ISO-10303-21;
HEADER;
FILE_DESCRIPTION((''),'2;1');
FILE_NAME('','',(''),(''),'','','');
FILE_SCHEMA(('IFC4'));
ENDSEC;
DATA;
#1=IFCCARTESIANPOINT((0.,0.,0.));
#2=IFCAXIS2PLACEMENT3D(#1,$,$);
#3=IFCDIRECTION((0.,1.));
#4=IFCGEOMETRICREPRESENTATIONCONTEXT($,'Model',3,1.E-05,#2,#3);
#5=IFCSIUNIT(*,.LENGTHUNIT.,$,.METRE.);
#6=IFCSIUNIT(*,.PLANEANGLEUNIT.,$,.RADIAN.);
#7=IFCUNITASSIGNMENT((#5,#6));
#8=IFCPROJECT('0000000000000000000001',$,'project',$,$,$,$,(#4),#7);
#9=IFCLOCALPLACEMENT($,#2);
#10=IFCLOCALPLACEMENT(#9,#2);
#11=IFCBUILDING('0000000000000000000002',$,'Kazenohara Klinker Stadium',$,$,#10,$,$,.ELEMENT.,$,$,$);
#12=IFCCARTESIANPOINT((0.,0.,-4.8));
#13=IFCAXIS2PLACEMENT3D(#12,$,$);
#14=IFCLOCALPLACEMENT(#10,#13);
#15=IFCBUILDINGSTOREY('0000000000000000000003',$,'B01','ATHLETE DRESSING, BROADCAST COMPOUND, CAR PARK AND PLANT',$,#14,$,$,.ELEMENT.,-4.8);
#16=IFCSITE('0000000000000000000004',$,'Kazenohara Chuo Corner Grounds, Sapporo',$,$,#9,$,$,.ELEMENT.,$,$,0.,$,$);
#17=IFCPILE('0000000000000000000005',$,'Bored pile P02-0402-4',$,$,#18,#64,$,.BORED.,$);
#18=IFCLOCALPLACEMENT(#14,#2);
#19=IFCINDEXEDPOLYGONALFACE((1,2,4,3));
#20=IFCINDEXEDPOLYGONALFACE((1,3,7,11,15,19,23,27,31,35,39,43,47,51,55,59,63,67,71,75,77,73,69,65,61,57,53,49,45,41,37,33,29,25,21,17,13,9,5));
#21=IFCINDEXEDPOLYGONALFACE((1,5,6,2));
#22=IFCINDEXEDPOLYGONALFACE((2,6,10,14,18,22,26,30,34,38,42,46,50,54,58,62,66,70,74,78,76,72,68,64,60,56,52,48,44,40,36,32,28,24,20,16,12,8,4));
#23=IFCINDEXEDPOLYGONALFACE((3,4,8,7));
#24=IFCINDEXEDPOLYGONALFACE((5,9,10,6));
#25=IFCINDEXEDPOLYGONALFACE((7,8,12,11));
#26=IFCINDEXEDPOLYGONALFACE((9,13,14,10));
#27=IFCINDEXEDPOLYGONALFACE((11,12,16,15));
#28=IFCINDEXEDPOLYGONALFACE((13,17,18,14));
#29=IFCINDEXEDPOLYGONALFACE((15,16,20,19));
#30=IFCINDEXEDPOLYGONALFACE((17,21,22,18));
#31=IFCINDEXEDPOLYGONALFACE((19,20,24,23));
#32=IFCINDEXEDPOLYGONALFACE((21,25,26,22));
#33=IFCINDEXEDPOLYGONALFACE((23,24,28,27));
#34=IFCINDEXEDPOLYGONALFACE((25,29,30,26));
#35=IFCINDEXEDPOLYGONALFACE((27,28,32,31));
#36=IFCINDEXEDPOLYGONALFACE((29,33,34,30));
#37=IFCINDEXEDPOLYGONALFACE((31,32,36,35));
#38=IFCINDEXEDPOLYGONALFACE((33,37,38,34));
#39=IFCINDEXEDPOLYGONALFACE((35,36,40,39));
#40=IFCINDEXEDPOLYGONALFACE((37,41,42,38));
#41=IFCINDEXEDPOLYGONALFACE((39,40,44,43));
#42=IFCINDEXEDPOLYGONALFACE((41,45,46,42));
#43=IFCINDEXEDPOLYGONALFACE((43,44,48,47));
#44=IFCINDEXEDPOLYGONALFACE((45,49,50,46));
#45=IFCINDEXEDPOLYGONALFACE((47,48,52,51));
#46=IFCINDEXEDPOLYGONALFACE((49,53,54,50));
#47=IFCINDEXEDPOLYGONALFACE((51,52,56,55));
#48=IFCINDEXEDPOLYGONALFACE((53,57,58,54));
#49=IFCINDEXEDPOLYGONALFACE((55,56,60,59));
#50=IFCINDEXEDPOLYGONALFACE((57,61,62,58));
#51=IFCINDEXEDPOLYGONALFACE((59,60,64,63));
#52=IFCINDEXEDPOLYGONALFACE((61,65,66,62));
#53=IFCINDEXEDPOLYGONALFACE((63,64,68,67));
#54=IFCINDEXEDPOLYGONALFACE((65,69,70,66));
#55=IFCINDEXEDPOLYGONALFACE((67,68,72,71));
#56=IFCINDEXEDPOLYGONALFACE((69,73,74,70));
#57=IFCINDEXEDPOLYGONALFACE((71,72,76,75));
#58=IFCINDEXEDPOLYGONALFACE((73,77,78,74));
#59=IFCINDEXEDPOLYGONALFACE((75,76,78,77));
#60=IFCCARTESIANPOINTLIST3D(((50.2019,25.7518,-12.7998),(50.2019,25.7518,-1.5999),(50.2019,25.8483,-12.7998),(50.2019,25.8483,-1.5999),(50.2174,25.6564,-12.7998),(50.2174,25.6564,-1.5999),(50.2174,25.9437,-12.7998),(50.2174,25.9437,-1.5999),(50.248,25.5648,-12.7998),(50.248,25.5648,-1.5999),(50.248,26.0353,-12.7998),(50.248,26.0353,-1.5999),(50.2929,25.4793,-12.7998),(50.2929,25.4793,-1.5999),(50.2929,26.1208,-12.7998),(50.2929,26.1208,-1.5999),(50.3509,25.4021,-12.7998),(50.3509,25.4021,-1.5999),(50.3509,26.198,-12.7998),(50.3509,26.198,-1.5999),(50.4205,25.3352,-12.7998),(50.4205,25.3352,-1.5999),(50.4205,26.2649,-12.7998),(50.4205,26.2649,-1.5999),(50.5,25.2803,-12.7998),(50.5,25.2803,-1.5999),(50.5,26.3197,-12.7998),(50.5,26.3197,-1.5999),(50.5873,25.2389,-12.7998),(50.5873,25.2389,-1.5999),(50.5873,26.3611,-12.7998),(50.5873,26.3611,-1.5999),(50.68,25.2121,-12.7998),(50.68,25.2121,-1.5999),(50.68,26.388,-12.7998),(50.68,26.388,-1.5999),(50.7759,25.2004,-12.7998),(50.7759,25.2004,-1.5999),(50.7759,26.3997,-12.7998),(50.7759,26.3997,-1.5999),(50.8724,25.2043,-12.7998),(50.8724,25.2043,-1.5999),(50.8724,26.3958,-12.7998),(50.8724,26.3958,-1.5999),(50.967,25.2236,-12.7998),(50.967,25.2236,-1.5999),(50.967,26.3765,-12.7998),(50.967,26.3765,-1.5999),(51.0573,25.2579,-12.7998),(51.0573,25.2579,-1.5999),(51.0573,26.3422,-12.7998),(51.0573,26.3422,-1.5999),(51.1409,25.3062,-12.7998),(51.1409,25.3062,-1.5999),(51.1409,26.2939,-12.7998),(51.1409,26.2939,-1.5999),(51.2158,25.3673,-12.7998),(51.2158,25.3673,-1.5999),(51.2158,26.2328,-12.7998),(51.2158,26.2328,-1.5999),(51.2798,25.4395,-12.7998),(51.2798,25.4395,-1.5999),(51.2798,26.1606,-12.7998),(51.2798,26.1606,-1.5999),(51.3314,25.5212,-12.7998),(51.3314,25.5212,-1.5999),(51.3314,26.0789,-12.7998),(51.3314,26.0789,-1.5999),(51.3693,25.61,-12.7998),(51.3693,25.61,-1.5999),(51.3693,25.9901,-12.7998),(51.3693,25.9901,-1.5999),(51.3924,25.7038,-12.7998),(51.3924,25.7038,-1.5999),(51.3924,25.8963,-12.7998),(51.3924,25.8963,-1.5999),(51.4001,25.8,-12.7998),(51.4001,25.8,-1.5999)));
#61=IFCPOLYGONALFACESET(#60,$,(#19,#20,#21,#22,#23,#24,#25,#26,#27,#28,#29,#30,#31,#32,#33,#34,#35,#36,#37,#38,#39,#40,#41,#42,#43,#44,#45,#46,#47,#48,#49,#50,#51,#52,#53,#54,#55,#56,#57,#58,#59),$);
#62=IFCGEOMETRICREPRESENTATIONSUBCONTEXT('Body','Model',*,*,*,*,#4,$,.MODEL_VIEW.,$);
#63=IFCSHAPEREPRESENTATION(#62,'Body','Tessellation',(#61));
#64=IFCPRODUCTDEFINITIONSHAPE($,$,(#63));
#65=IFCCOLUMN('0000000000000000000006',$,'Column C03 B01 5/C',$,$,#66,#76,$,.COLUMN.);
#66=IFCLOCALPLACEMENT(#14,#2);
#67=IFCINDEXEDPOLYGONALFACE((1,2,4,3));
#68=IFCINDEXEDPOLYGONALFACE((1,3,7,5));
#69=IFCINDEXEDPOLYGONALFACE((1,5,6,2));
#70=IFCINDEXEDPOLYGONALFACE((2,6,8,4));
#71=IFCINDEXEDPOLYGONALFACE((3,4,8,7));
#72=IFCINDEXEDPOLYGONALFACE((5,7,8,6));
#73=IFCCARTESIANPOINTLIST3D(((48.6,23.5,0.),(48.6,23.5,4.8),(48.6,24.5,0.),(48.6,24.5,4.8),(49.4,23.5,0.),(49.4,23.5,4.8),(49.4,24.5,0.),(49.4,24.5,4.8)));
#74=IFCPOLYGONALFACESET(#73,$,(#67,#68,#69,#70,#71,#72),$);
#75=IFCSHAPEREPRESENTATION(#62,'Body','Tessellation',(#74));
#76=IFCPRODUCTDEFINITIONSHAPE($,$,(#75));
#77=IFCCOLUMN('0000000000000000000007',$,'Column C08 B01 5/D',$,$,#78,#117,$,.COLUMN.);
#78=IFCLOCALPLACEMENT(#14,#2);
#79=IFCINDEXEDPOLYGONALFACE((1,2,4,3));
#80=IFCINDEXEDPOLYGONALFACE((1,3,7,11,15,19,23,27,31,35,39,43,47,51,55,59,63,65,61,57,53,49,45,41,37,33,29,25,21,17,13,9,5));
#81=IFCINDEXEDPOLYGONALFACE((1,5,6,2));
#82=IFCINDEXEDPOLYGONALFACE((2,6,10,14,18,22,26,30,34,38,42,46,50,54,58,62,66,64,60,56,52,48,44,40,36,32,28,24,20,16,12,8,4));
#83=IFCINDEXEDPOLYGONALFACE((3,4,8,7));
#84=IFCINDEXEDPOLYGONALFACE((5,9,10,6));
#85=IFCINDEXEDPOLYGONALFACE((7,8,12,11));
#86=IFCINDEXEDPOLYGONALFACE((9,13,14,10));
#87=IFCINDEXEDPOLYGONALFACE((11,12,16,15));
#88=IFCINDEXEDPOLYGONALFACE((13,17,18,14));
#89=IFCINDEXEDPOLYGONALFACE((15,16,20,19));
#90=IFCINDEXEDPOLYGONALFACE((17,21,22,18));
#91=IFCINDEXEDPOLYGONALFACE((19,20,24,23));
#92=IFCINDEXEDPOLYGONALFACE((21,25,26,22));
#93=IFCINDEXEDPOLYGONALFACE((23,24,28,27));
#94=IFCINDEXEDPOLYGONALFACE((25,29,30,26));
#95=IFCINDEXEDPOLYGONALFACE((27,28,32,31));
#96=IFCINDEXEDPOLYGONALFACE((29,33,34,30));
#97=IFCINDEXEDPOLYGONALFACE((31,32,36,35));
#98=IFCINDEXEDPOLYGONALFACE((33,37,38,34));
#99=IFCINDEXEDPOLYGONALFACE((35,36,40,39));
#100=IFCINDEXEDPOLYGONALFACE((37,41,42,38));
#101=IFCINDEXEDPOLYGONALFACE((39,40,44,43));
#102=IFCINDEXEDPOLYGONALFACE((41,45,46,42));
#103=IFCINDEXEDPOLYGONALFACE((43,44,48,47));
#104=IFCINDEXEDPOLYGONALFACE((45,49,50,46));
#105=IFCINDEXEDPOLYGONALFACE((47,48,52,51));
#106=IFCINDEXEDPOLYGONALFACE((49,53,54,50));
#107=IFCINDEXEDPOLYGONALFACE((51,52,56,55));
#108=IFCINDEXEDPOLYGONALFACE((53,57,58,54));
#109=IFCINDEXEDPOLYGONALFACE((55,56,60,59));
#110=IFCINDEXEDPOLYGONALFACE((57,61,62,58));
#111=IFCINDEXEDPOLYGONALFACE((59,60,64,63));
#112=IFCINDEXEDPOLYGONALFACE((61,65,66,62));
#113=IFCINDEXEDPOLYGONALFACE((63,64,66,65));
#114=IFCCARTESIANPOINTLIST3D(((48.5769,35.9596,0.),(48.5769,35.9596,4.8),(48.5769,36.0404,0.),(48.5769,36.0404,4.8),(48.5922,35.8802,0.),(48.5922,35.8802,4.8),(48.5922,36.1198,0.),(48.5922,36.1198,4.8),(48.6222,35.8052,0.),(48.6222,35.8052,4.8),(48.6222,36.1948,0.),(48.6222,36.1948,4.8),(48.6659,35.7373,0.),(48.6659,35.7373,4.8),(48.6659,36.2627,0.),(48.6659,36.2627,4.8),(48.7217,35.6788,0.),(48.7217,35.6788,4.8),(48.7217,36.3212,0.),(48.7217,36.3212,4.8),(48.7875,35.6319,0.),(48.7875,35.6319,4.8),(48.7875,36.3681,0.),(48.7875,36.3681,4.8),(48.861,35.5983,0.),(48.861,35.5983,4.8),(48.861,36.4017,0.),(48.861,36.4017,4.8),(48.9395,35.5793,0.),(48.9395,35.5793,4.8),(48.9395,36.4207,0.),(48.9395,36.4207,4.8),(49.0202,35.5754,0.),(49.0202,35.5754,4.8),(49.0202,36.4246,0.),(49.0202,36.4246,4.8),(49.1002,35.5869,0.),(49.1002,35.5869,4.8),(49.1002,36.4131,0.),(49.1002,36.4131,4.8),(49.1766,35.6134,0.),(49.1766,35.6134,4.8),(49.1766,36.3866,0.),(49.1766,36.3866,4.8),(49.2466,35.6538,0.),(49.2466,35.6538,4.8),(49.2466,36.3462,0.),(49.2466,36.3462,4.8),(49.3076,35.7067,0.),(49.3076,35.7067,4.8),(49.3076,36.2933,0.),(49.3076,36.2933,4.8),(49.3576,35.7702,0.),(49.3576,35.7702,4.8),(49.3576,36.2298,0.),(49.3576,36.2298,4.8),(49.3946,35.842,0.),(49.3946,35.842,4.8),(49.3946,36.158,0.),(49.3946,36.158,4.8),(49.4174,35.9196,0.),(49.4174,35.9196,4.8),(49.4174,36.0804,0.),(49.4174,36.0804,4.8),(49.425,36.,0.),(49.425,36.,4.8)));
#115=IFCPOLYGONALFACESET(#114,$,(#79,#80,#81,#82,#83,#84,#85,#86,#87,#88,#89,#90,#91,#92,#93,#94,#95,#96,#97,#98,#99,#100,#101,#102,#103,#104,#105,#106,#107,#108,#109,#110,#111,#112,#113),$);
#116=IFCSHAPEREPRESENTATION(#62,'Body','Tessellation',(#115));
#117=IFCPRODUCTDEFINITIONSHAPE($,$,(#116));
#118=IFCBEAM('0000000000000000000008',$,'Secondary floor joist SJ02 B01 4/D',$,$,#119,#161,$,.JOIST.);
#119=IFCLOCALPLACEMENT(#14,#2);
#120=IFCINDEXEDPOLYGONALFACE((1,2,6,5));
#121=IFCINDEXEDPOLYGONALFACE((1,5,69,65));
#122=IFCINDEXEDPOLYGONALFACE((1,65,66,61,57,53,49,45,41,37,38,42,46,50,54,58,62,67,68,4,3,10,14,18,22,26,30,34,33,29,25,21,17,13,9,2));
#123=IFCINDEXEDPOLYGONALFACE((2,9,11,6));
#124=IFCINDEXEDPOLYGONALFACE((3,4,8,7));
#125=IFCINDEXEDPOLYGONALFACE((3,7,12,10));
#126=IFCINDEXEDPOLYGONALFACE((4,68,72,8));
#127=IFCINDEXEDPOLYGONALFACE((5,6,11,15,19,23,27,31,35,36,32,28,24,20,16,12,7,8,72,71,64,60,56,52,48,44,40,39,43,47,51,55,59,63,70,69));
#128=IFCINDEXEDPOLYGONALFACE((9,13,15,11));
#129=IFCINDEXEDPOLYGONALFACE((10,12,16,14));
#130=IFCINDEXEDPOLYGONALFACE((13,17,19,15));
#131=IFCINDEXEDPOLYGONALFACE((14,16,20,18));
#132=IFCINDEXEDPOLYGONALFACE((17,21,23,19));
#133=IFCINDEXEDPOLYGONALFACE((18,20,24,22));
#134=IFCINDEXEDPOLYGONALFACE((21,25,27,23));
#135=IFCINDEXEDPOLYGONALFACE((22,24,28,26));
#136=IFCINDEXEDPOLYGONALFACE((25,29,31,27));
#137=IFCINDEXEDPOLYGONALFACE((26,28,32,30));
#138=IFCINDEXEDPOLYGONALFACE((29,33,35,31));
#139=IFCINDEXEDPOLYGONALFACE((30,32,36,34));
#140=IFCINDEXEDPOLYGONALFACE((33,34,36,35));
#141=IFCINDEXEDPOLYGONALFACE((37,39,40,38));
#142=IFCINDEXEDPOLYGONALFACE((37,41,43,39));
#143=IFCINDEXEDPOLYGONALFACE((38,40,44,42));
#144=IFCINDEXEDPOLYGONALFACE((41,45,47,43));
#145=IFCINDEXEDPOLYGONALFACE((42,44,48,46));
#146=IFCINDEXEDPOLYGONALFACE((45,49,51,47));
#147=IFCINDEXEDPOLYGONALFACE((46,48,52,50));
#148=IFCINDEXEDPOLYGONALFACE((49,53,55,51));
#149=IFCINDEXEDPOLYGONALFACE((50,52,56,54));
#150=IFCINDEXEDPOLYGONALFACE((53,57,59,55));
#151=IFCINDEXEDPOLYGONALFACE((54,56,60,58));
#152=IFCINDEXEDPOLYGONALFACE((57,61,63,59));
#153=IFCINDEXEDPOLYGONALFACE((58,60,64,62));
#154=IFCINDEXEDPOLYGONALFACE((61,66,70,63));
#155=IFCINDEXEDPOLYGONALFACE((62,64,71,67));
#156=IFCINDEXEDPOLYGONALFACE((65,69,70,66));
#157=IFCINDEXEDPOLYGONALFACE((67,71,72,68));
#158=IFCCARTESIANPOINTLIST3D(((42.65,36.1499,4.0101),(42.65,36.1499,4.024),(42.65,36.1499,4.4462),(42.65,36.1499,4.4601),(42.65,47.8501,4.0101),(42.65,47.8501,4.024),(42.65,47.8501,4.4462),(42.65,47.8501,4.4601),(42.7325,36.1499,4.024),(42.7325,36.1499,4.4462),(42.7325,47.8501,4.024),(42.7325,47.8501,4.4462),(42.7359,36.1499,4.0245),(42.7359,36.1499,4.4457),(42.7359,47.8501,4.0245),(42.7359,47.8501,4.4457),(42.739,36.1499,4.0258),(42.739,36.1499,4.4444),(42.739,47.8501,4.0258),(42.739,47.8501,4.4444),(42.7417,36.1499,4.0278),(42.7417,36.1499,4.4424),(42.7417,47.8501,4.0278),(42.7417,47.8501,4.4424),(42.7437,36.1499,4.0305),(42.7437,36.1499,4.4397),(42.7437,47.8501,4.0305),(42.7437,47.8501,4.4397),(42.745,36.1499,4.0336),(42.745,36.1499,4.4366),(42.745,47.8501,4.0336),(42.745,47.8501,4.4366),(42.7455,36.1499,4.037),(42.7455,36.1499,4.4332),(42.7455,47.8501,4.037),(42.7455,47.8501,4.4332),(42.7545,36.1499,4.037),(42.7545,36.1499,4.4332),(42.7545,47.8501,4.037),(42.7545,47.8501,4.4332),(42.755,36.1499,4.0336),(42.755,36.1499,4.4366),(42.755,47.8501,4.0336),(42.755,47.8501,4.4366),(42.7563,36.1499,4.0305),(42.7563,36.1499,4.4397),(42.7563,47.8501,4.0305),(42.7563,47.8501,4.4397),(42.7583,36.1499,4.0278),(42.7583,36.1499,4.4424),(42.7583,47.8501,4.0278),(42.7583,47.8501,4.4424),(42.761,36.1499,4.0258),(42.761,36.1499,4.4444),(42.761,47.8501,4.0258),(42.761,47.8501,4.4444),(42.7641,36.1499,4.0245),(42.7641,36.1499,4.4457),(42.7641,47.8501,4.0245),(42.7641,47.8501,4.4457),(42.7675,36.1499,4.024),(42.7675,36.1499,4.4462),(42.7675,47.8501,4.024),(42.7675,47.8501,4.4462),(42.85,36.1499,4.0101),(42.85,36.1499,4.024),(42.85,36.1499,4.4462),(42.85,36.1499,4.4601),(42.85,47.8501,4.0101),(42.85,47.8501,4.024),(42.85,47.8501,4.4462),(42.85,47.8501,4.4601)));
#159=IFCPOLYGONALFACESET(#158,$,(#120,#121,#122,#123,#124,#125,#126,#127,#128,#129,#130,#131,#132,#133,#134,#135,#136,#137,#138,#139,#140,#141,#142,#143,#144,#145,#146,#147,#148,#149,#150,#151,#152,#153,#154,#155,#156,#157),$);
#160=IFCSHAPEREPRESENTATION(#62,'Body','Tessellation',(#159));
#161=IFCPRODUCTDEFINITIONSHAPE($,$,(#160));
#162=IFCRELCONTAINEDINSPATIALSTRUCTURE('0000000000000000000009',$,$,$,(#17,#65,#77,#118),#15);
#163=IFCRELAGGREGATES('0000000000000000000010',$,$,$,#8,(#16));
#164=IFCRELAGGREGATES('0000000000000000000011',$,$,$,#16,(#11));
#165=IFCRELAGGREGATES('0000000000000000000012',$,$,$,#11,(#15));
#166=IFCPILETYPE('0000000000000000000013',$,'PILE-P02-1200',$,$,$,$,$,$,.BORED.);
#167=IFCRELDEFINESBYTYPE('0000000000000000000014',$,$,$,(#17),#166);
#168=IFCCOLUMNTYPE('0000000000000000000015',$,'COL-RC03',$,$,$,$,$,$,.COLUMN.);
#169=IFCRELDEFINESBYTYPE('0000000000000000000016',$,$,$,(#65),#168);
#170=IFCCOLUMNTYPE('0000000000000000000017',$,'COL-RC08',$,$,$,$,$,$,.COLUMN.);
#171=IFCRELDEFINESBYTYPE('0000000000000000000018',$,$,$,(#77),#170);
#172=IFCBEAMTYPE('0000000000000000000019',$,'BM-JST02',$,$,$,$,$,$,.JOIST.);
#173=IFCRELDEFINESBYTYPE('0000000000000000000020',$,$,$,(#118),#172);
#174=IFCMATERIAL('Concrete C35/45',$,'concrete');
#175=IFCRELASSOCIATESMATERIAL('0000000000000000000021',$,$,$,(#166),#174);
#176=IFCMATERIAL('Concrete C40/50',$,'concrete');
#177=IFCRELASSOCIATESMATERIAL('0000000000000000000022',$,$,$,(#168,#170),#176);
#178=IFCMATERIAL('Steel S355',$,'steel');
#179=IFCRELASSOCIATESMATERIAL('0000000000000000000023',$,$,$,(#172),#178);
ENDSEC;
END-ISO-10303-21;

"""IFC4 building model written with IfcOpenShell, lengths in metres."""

from ifc_helpers import new_model, si_unit, direction, frame, origin, origin_2d, place, context, subcontext, project, spatial, rectangle, circle, i_section, extrude, material, material_profile, profile_set, type_object, element, save


model = new_model("IFC4")

# Units and contexts
model_context = context("Model", 3, precision=1e-05, world=origin(), true_north=direction((0.0, 1.0)))
body_context = subcontext(model_context, "Body", "Model", "MODEL_VIEW")
ifc_project = project(units=[si_unit("LENGTHUNIT", "METRE"), si_unit("PLANEANGLEUNIT", "RADIAN")], contexts=[model_context])

# Site, building, storey
site_placement = place(None, origin())
site = spatial("IfcSite", under=ifc_project, at=site_placement, Name="Kazenohara Chuo Corner Grounds, Sapporo", CompositionType="ELEMENT", RefElevation=0.0)
building_placement = place(site_placement, origin())
building = spatial("IfcBuilding", under=site, at=building_placement, Name="Kazenohara Klinker Stadium", CompositionType="ELEMENT")
storey_placement = place(building_placement, frame((0.0, 0.0, -4.8)))
storey = spatial("IfcBuildingStorey", under=building, at=storey_placement, Name="B01", Description="ATHLETE DRESSING, BROADCAST COMPOUND, CAR PARK AND PLANT", CompositionType="ELEMENT", Elevation=-4.8)

# Shared definitions
ifc_material_1 = material(Name="Concrete C35/45", Category="concrete")

# Pile
ifc_material_profile_1 = material_profile(ifc_material_1, circle(Radius=0.6001, at=origin_2d()), Name="BORED-PILE-1200")
ifc_profile_set_1 = profile_set([ifc_material_profile_1], Name="Concrete C35/45")
pile_type_1 = type_object("IfcPileType", Name="PILE-P02-1200", PredefinedType="BORED", material=ifc_profile_set_1)
for number, where, z_axis, x_axis, name in (
    (1, (50.8, 25.8, -1.5999), (0.0, 0.0, -1.0), (1.0, 0.0, 0.0), "Bored pile P02-0402-4"),
):
    element("IfcPile", number, at=place(storey_placement, frame(where, z_axis=z_axis, x_axis=x_axis)), inside=storey, type_object=pile_type_1, Name=name, PredefinedType="BORED", context=body_context, shape_type="SweptSolid", body=[
        extrude(circle(Radius=0.6001, at=origin_2d()), origin(), (0.0, 0.0, 1.0), 11.2),
    ])

# Columns
ifc_material_2 = material(Name="Concrete C40/50", Category="concrete")
ifc_material_profile_2 = material_profile(ifc_material_2, rectangle(XDim=0.8, YDim=1.0, at=origin_2d()), Name="RC-COL-1000x800")
ifc_profile_set_2 = profile_set([ifc_material_profile_2], Name="Concrete C40/50")
column_type_1 = type_object("IfcColumnType", Name="COL-RC03", PredefinedType="COLUMN", material=ifc_profile_set_2)
column_1_placement = place(storey_placement, frame((49.0, 24.0, 0.0), z_axis=(0.0, 0.0, 1.0), x_axis=(1.0, 0.0, 0.0)))
element("IfcColumn", 2, at=column_1_placement, inside=storey, type_object=column_type_1, Name="Column C03 B01 5/C", PredefinedType="COLUMN", context=body_context, shape_type="SweptSolid", body=[
    extrude(rectangle(XDim=0.8, YDim=1.0, at=origin_2d()), origin(), (0.0, 0.0, 1.0), 4.8),
])
ifc_material_profile_3 = material_profile(ifc_material_2, circle(Radius=0.425, at=origin_2d()), Name="RC-COL-D850")
ifc_profile_set_3 = profile_set([ifc_material_profile_3], Name="Concrete C40/50")
column_type_2 = type_object("IfcColumnType", Name="COL-RC08", PredefinedType="COLUMN", material=ifc_profile_set_3)
column_2_placement = place(storey_placement, frame((49.0, 36.0, 0.0), z_axis=(0.0, 0.0, 1.0), x_axis=(1.0, 0.0, 0.0)))
element("IfcColumn", 3, at=column_2_placement, inside=storey, type_object=column_type_2, Name="Column C08 B01 5/D", PredefinedType="COLUMN", context=body_context, shape_type="SweptSolid", body=[
    extrude(circle(Radius=0.425, at=origin_2d()), origin(), (0.0, 0.0, 1.0), 4.8),
])

# Beam
ifc_material_3 = material(Name="Steel S355", Category="steel")
ifc_material_profile_4 = material_profile(ifc_material_3, i_section(OverallWidth=0.2, OverallDepth=0.45, WebThickness=0.009, FlangeThickness=0.0139, FilletRadius=0.0129, at=origin_2d()), Name="H-450x200x9x14")
ifc_profile_set_4 = profile_set([ifc_material_profile_4], Name="Steel S355")
beam_type_1 = type_object("IfcBeamType", Name="BM-JST02", PredefinedType="JOIST", material=ifc_profile_set_4)
for number, where, z_axis, x_axis, name in (
    (4, (42.75, 36.1499, 4.2351), (0.0, 1.0, 0.0), (-1.0, 0.0, 0.0), "Secondary floor joist SJ02 B01 4/D"),
):
    element("IfcBeam", number, at=place(storey_placement, frame(where, z_axis=z_axis, x_axis=x_axis)), inside=storey, type_object=beam_type_1, Name=name, PredefinedType="JOIST", context=body_context, shape_type="SweptSolid", body=[
        extrude(i_section(OverallWidth=0.2, OverallDepth=0.45, WebThickness=0.009, FlangeThickness=0.0139, FilletRadius=0.0129, at=origin_2d()), origin(), (0.0, 0.0, 1.0), 11.7002),
    ])

save(model, "model.ifc")
